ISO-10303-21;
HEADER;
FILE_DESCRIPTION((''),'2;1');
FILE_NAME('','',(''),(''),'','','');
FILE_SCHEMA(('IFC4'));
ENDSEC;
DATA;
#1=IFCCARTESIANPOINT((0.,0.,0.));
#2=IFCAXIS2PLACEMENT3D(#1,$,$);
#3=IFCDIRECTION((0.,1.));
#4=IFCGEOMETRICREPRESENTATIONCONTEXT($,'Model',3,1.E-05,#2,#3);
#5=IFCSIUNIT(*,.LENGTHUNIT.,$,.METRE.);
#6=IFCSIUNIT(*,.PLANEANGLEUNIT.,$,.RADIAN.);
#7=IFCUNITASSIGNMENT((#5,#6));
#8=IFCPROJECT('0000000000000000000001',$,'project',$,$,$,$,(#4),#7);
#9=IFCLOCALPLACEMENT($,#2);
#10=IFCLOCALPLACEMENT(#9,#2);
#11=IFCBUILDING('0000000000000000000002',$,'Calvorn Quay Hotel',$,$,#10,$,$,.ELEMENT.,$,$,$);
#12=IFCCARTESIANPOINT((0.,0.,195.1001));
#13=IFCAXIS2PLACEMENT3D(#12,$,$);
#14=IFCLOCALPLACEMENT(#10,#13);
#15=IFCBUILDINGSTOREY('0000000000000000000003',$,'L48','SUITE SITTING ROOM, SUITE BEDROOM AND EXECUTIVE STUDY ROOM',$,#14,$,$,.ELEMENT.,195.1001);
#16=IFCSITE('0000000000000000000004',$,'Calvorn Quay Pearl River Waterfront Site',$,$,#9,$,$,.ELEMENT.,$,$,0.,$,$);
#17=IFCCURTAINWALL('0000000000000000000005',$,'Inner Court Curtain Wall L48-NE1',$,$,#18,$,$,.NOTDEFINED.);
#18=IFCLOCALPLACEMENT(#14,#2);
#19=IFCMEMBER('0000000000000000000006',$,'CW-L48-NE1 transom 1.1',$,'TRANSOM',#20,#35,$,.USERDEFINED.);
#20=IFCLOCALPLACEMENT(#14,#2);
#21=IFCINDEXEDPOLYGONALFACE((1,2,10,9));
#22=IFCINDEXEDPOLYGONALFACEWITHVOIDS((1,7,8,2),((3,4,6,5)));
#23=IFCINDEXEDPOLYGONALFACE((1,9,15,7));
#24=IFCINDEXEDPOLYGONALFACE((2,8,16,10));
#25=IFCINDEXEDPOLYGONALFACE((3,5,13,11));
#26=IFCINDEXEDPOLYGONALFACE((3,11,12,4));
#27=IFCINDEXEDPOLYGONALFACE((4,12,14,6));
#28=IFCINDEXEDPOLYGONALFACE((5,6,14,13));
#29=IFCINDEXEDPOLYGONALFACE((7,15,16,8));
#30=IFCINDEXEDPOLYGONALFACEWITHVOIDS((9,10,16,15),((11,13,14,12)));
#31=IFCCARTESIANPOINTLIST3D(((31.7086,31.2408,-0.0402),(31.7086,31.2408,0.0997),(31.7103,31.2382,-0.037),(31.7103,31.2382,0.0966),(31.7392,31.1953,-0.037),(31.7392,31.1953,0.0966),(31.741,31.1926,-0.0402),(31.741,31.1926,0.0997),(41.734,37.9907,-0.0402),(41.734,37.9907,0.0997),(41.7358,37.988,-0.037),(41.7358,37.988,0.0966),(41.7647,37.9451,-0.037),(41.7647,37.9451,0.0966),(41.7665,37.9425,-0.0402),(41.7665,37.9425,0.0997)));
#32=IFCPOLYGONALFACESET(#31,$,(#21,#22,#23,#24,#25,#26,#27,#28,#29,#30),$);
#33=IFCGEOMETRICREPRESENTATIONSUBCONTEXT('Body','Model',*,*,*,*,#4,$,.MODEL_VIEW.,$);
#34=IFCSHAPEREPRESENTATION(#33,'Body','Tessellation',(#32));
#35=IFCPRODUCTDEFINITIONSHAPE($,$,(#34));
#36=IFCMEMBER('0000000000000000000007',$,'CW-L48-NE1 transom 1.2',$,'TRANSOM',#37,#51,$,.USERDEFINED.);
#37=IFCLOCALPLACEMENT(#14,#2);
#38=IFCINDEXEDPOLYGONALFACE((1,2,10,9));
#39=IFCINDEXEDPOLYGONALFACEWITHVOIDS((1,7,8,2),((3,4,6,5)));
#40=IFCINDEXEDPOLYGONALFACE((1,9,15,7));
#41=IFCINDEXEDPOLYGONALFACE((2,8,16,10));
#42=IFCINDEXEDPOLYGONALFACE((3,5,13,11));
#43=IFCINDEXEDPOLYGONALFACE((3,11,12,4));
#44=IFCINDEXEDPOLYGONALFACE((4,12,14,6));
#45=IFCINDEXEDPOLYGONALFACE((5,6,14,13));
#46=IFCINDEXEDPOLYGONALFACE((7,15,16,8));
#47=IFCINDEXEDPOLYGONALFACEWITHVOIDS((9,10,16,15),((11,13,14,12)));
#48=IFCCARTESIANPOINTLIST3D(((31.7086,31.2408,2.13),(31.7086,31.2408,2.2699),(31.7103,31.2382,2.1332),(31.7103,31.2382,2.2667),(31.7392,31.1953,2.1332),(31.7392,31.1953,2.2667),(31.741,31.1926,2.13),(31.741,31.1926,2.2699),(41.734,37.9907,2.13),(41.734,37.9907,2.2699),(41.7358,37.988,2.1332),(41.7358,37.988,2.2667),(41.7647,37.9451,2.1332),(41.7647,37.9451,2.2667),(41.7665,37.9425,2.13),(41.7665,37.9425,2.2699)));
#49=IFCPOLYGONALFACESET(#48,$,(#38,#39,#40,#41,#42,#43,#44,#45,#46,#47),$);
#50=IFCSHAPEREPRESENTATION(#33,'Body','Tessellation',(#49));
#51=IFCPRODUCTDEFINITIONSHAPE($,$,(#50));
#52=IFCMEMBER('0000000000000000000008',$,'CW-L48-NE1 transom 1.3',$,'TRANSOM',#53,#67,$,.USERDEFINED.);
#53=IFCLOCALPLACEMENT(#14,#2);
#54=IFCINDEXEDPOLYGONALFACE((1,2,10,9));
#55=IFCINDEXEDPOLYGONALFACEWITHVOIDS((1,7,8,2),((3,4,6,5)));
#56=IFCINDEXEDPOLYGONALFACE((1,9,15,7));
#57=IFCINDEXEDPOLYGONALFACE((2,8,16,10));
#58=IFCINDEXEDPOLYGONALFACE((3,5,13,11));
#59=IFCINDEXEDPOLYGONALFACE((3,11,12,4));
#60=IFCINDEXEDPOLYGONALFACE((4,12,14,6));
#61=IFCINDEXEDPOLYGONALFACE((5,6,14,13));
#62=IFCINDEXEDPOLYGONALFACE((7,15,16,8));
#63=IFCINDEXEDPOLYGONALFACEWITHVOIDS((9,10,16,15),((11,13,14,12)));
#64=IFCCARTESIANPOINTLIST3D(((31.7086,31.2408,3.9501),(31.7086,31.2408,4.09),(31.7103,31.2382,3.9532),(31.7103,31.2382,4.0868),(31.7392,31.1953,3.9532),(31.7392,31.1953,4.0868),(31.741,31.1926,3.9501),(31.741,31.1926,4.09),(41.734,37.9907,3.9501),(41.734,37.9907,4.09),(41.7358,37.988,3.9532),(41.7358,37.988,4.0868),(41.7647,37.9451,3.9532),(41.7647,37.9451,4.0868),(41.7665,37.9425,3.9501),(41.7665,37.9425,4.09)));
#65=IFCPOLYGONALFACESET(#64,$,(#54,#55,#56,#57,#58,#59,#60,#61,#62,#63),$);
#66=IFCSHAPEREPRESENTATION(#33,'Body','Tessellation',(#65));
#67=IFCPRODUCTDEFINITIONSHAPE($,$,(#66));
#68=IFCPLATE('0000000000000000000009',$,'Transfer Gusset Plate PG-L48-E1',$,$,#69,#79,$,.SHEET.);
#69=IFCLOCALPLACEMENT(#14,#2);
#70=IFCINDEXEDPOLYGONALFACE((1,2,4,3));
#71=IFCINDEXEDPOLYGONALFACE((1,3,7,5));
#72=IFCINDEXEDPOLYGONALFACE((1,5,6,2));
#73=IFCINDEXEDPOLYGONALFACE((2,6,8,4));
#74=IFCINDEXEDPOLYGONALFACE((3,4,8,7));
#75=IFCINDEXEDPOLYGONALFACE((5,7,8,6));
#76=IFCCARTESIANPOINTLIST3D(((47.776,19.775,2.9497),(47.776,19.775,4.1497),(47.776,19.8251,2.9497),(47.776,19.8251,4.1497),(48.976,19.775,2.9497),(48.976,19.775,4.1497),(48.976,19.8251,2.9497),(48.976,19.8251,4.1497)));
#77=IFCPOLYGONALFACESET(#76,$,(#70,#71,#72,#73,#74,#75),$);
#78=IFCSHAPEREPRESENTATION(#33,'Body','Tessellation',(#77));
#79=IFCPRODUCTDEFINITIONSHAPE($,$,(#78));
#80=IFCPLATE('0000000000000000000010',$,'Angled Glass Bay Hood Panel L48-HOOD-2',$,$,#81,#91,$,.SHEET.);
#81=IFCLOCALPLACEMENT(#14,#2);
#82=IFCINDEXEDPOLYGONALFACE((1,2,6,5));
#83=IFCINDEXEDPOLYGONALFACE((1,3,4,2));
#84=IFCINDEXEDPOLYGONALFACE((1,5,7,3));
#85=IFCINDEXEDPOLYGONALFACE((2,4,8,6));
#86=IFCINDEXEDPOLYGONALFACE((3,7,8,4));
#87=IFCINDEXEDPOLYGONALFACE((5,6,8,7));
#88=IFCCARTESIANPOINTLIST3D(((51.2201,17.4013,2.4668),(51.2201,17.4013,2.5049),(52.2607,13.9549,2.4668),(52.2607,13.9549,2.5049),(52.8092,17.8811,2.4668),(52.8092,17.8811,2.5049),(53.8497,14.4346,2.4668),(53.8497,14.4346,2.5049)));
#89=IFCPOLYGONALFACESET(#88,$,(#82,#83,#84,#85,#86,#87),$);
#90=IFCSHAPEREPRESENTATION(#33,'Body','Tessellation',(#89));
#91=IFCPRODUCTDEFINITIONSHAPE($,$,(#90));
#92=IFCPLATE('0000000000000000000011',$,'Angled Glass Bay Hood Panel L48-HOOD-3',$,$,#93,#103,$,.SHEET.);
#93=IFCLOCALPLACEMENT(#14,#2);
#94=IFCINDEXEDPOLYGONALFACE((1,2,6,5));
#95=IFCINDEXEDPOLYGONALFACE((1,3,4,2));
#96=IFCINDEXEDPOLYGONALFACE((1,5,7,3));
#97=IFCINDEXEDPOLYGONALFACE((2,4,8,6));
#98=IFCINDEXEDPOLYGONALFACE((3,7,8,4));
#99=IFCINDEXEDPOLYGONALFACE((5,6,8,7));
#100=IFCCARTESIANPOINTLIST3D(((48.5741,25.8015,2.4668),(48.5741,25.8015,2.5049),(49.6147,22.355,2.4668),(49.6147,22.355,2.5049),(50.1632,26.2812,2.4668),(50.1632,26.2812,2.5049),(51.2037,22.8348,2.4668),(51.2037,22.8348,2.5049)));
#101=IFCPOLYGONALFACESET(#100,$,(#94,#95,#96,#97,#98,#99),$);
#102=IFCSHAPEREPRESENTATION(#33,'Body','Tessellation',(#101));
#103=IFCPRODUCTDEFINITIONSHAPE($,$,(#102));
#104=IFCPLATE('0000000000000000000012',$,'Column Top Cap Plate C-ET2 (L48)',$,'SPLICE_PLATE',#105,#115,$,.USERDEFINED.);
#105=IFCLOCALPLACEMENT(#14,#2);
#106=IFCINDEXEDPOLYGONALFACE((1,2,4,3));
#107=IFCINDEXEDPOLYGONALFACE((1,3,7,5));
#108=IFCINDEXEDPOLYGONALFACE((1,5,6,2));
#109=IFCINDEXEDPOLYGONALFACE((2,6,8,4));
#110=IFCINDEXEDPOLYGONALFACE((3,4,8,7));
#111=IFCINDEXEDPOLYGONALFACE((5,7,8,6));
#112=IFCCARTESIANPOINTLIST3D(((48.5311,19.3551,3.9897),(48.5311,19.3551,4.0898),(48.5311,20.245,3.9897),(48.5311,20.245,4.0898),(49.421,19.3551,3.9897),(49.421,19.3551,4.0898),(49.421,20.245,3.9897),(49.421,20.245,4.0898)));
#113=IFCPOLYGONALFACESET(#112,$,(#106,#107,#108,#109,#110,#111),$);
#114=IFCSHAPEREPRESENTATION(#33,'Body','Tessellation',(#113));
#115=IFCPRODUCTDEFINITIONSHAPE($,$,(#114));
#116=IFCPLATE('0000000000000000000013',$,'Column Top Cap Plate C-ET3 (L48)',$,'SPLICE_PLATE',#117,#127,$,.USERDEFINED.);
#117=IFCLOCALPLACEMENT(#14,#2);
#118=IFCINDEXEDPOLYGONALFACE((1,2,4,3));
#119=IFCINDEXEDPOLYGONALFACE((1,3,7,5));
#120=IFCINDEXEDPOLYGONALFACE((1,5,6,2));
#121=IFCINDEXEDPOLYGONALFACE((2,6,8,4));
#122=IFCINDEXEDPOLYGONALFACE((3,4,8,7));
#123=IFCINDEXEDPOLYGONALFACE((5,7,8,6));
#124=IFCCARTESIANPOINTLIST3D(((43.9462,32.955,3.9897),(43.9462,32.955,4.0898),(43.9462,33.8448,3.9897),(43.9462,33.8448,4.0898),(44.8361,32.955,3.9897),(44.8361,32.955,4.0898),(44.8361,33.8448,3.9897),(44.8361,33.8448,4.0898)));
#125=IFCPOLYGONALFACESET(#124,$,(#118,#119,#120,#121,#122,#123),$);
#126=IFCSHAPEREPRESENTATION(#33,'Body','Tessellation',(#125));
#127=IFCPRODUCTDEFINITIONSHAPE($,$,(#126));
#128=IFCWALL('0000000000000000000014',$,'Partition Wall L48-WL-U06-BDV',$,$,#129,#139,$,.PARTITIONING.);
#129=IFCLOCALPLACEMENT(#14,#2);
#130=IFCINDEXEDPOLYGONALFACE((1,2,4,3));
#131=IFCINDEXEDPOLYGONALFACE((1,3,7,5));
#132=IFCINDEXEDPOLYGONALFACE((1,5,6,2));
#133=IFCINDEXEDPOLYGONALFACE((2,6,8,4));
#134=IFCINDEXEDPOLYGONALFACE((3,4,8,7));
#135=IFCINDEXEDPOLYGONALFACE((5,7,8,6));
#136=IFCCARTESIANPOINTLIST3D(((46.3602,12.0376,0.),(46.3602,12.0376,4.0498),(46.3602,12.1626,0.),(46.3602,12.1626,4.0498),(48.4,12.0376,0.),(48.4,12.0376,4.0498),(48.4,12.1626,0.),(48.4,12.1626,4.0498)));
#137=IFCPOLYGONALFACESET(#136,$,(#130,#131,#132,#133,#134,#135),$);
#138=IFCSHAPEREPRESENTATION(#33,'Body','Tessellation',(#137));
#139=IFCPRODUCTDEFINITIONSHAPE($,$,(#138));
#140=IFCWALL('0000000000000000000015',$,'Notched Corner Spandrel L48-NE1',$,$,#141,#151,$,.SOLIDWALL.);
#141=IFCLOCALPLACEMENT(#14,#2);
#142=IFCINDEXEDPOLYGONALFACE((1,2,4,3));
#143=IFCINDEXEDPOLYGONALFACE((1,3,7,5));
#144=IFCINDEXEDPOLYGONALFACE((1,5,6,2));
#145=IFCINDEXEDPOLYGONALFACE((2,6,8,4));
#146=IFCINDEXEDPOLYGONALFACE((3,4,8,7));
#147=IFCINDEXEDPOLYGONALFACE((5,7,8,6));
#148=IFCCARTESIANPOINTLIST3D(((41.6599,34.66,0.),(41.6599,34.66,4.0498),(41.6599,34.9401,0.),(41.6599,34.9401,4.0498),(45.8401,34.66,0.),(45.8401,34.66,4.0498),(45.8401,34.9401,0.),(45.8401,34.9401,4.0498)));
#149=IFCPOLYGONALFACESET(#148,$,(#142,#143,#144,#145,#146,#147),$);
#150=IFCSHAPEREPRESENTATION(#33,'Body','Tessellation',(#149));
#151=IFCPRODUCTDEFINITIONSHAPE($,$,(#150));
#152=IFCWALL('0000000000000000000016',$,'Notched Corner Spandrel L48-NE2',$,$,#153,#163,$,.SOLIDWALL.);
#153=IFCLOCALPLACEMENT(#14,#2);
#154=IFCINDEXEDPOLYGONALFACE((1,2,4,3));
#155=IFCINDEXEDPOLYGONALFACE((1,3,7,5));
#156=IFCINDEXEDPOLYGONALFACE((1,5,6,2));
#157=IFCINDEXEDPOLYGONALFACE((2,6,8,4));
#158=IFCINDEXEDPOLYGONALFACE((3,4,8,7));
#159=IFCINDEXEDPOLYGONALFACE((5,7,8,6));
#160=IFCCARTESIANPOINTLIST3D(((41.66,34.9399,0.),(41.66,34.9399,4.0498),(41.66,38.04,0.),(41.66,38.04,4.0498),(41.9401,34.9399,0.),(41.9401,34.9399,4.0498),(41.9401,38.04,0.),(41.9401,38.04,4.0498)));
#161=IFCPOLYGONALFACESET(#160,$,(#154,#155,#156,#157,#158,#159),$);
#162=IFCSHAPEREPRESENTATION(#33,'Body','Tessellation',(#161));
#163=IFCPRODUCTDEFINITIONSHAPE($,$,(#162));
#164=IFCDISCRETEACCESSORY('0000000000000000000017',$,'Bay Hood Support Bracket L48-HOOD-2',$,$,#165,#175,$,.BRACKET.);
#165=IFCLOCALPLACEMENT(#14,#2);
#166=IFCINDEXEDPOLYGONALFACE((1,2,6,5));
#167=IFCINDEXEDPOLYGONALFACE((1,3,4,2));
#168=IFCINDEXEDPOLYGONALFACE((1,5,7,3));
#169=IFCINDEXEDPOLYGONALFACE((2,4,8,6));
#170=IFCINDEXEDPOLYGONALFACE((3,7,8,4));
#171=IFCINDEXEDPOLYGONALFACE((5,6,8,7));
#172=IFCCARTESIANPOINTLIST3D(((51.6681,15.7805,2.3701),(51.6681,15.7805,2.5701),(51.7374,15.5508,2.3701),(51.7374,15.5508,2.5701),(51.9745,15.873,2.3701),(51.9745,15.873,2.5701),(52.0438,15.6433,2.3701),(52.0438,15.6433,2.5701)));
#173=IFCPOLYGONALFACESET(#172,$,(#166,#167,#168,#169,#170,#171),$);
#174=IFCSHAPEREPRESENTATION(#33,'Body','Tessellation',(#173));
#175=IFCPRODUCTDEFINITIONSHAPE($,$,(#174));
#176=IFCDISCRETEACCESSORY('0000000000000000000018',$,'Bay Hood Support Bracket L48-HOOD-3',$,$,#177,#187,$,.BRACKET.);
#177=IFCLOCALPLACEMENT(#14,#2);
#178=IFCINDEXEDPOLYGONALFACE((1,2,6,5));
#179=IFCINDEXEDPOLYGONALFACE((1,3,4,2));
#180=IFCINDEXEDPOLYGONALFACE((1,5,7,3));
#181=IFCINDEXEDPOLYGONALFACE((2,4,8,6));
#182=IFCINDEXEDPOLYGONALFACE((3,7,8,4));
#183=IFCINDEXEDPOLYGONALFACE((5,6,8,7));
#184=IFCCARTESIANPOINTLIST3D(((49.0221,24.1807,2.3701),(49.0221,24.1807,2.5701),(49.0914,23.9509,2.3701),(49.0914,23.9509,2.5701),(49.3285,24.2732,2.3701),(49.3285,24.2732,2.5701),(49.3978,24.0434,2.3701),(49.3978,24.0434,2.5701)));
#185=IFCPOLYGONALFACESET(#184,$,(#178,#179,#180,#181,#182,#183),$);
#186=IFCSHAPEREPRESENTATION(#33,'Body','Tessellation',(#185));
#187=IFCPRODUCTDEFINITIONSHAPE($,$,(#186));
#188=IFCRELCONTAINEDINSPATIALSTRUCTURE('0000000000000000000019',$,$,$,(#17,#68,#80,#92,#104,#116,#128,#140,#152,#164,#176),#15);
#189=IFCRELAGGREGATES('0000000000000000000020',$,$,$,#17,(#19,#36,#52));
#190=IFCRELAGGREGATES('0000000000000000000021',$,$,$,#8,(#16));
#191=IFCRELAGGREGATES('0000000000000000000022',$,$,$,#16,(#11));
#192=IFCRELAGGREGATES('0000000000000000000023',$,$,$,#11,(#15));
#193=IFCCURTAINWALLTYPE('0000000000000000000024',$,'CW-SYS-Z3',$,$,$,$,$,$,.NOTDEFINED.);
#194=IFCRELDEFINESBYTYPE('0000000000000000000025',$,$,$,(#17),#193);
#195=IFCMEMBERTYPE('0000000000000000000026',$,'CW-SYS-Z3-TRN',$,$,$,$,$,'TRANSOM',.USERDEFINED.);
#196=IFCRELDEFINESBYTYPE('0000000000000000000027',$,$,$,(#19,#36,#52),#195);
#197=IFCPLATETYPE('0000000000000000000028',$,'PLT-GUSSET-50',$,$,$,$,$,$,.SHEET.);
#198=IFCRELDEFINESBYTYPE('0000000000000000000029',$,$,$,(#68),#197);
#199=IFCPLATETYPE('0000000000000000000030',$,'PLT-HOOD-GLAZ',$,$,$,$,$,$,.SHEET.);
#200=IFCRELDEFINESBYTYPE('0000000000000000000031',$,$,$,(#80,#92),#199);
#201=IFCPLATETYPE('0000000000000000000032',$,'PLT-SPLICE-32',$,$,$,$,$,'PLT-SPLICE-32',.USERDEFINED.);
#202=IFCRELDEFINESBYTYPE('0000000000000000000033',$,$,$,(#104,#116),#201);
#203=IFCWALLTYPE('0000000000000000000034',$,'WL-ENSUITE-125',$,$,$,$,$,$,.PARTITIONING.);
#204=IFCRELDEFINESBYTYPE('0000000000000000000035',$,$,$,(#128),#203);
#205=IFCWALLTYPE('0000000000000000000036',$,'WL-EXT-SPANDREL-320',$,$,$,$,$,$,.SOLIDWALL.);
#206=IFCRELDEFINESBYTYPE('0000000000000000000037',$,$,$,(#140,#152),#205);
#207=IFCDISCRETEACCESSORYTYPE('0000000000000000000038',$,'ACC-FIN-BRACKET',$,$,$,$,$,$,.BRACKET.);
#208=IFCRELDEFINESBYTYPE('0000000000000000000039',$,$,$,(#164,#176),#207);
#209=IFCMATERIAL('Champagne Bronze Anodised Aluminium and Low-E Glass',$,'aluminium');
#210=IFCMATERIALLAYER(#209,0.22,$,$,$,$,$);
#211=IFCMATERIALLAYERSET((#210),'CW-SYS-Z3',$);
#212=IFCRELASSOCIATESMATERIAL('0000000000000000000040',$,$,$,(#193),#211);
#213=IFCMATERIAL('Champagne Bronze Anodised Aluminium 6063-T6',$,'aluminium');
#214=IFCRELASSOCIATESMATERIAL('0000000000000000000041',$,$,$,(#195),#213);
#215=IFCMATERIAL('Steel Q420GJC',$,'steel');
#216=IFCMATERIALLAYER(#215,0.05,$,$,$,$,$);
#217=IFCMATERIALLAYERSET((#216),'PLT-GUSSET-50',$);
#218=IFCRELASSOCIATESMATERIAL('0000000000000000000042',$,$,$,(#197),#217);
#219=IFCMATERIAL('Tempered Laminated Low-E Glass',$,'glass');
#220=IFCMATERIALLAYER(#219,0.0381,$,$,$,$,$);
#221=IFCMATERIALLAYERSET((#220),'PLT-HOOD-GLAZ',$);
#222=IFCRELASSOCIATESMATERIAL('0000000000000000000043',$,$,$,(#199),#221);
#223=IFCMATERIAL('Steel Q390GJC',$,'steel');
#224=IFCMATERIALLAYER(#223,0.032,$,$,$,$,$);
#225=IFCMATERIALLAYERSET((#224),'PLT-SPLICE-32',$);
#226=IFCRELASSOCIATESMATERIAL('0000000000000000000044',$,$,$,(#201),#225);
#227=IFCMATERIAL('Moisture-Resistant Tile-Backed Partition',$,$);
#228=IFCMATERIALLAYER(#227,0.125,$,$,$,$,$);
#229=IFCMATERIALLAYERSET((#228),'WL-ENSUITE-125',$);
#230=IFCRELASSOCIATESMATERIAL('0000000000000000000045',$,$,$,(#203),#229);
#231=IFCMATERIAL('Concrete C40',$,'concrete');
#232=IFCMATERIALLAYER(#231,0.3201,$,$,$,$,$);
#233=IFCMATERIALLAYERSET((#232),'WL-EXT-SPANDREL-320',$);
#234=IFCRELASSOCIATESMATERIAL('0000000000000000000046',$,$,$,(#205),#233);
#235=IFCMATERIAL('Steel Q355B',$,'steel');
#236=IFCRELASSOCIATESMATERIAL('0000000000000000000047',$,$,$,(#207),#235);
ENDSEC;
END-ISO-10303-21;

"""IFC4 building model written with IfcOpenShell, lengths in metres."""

from ifc_helpers import new_model, si_unit, direction, frame, frame_2d, origin, origin_2d, place, context, subcontext, project, spatial, rectangle, hollow_rectangle, extrude, material, layer, layer_set, material_profile, profile_set, type_object, element, aggregate, save


model = new_model("IFC4")

# Units and contexts
model_context = context("Model", 3, precision=1e-05, world=origin(), true_north=direction((0.0, 1.0)))
body_context = subcontext(model_context, "Body", "Model", "MODEL_VIEW")
ifc_project = project(units=[si_unit("LENGTHUNIT", "METRE"), si_unit("PLANEANGLEUNIT", "RADIAN")], contexts=[model_context])

# Site, building, storey
site_placement = place(None, origin())
site = spatial("IfcSite", under=ifc_project, at=site_placement, Name="Calvorn Quay Pearl River Waterfront Site", CompositionType="ELEMENT", RefElevation=0.0)
building_placement = place(site_placement, origin())
building = spatial("IfcBuilding", under=site, at=building_placement, Name="Calvorn Quay Hotel", CompositionType="ELEMENT")
storey_placement = place(building_placement, frame((0.0, 0.0, 195.1001)))
storey = spatial("IfcBuildingStorey", under=building, at=storey_placement, Name="L48", Description="SUITE SITTING ROOM, SUITE BEDROOM AND EXECUTIVE STUDY ROOM", CompositionType="ELEMENT", Elevation=195.1001)

# Curtain wall, members
ifc_material_1 = material(Name="Champagne Bronze Anodised Aluminium and Low-E Glass", Category="aluminium")
ifc_layer_1 = layer(ifc_material_1, 0.22)
ifc_layer_set_1 = layer_set([ifc_layer_1], Name="CW-SYS-Z3")
curtain_wall_type = type_object("IfcCurtainWallType", Name="CW-SYS-Z3", PredefinedType="NOTDEFINED", material=ifc_layer_set_1)
curtain_wall_placement = place(storey_placement, origin())
curtain_wall = element("IfcCurtainWall", 1, at=curtain_wall_placement, inside=storey, type_object=curtain_wall_type, Name="Inner Court Curtain Wall L48-NE1", PredefinedType="NOTDEFINED")
ifc_material_2 = material(Name="Champagne Bronze Anodised Aluminium 6063-T6", Category="aluminium")
ifc_material_profile_1 = material_profile(ifc_material_2, hollow_rectangle(XDim=0.0581, YDim=0.1399, WallThickness=0.0032, at=origin_2d()), Name="ALU-T140x58x3.2")
ifc_profile_set_1 = profile_set([ifc_material_profile_1], Name="Champagne Bronze Anodised Aluminium 6063-T6")
member_type_1 = type_object("IfcMemberType", Name="CW-SYS-Z3-TRN", ElementType="TRANSOM", PredefinedType="USERDEFINED", material=ifc_profile_set_1)
member_1_placement = place(storey_placement, frame((41.7502, 37.9666, 0.0298), z_axis=(-0.829515, -0.558484, 0.0), x_axis=(0.558484, -0.829515, 0.0)))
member_1 = element("IfcMember", 2, at=member_1_placement, type_object=member_type_1, Name="CW-L48-NE1 transom 1.1", ObjectType="TRANSOM", PredefinedType="USERDEFINED", context=body_context, shape_type="SweptSolid", body=[
    extrude(hollow_rectangle(XDim=0.0581, YDim=0.1399, WallThickness=0.0032, at=origin_2d()), origin(), (0.0, 0.0, 1.0), 12.0859),
])
member_2_placement = place(storey_placement, frame((41.7502, 37.9666, 2.2), z_axis=(-0.829515, -0.558484, 0.0), x_axis=(0.558484, -0.829515, 0.0)))
member_2 = element("IfcMember", 3, at=member_2_placement, type_object=member_type_1, Name="CW-L48-NE1 transom 1.2", ObjectType="TRANSOM", PredefinedType="USERDEFINED", context=body_context, shape_type="SweptSolid", body=[
    extrude(hollow_rectangle(XDim=0.0581, YDim=0.1399, WallThickness=0.0032, at=origin_2d()), origin(), (0.0, 0.0, 1.0), 12.0859),
])
member_3_placement = place(storey_placement, frame((41.7502, 37.9666, 4.02), z_axis=(-0.829515, -0.558484, 0.0), x_axis=(0.558484, -0.829515, 0.0)))
member_3 = element("IfcMember", 4, at=member_3_placement, type_object=member_type_1, Name="CW-L48-NE1 transom 1.3", ObjectType="TRANSOM", PredefinedType="USERDEFINED", context=body_context, shape_type="SweptSolid", body=[
    extrude(hollow_rectangle(XDim=0.0581, YDim=0.1399, WallThickness=0.0032, at=origin_2d()), origin(), (0.0, 0.0, 1.0), 12.0859),
])
aggregate(curtain_wall, [member_1, member_2, member_3])

# Plates
ifc_material_3 = material(Name="Steel Q420GJC", Category="steel")
ifc_layer_2 = layer(ifc_material_3, 0.05)
ifc_layer_set_2 = layer_set([ifc_layer_2], Name="PLT-GUSSET-50")
plate_type_1 = type_object("IfcPlateType", Name="PLT-GUSSET-50", PredefinedType="SHEET", material=ifc_layer_set_2)
plate_placement = place(storey_placement, frame((48.376, 19.8, 2.9497), z_axis=(0.0, 0.0, 1.0), x_axis=(1.0, 0.0, 0.0)))
element("IfcPlate", 5, at=plate_placement, inside=storey, type_object=plate_type_1, Name="Transfer Gusset Plate PG-L48-E1", PredefinedType="SHEET", context=body_context, shape_type="SweptSolid", body=[
    extrude(rectangle(XDim=1.2, YDim=0.05, at=origin_2d()), origin(), (0.0, 0.0, 1.0), 1.2),
])
ifc_material_4 = material(Name="Tempered Laminated Low-E Glass", Category="glass")
ifc_layer_3 = layer(ifc_material_4, 0.0381)
ifc_layer_set_3 = layer_set([ifc_layer_3], Name="PLT-HOOD-GLAZ")
plate_type_2 = type_object("IfcPlateType", Name="PLT-HOOD-GLAZ", PredefinedType="SHEET", material=ifc_layer_set_3)
for number, where, z_axis, x_axis, name in (
    (6, (52.5349, 15.918, 2.4668), (0.0, 0.0, 1.0), (0.957319, 0.289032, 0.0), "Angled Glass Bay Hood Panel L48-HOOD-2"),
    (7, (49.8889, 24.3181, 2.4668), (0.0, 0.0, 1.0), (0.957319, 0.289032, 0.0), "Angled Glass Bay Hood Panel L48-HOOD-3"),
):
    element("IfcPlate", number, at=place(storey_placement, frame(where, z_axis=z_axis, x_axis=x_axis)), inside=storey, type_object=plate_type_2, Name=name, PredefinedType="SHEET", context=body_context, shape_type="SweptSolid", body=[
        extrude(rectangle(XDim=1.6599, YDim=3.6001, at=origin_2d()), origin(), (0.0, 0.0, 1.0), 0.0381),
    ])
ifc_material_5 = material(Name="Steel Q390GJC", Category="steel")
ifc_layer_4 = layer(ifc_material_5, 0.032)
ifc_layer_set_4 = layer_set([ifc_layer_4], Name="PLT-SPLICE-32")
plate_type_3 = type_object("IfcPlateType", Name="PLT-SPLICE-32", ElementType="PLT-SPLICE-32", PredefinedType="USERDEFINED", material=ifc_layer_set_4)
for number, where, z_axis, x_axis, name in (
    (8, (48.9761, 19.8, 3.9897), (0.0, 0.0, 1.0), (1.0, 0.0, 0.0), "Column Top Cap Plate C-ET2 (L48)"),
    (9, (44.3911, 33.3999, 3.9897), (0.0, 0.0, 1.0), (1.0, 0.0, 0.0), "Column Top Cap Plate C-ET3 (L48)"),
):
    element("IfcPlate", number, at=place(storey_placement, frame(where, z_axis=z_axis, x_axis=x_axis)), inside=storey, type_object=plate_type_3, Name=name, ObjectType="SPLICE_PLATE", PredefinedType="USERDEFINED", context=body_context, shape_type="SweptSolid", body=[
        extrude(rectangle(XDim=0.8899, YDim=0.8899, at=origin_2d()), origin(), (0.0, 0.0, 1.0), 0.1001),
    ])

# Walls
ifc_material_6 = material(Name="Moisture-Resistant Tile-Backed Partition")
ifc_layer_5 = layer(ifc_material_6, 0.125)
ifc_layer_set_5 = layer_set([ifc_layer_5], Name="WL-ENSUITE-125")
wall_type_1 = type_object("IfcWallType", Name="WL-ENSUITE-125", PredefinedType="PARTITIONING", material=ifc_layer_set_5)
wall_1_placement = place(storey_placement, frame((46.3601, 12.1001, 0.0), z_axis=(0.0, 0.0, 1.0), x_axis=(1.0, 0.0, 0.0)))
element("IfcWall", 10, at=wall_1_placement, inside=storey, type_object=wall_type_1, Name="Partition Wall L48-WL-U06-BDV", PredefinedType="PARTITIONING", context=body_context, shape_type="SweptSolid", body=[
    extrude(rectangle(XDim=2.0398, YDim=0.125, at=frame_2d((1.02, 0.0))), origin(), (0.0, 0.0, 1.0), 4.0498),
])
ifc_material_7 = material(Name="Concrete C40", Category="concrete")
ifc_layer_6 = layer(ifc_material_7, 0.3201)
ifc_layer_set_6 = layer_set([ifc_layer_6], Name="WL-EXT-SPANDREL-320")
wall_type_2 = type_object("IfcWallType", Name="WL-EXT-SPANDREL-320", PredefinedType="SOLIDWALL", material=ifc_layer_set_6)
wall_2_placement = place(storey_placement, frame((45.8401, 34.8, 0.0), z_axis=(0.0, 0.0, 1.0), x_axis=(-1.0, 0.0, 0.0)))
element("IfcWall", 11, at=wall_2_placement, inside=storey, type_object=wall_type_2, Name="Notched Corner Spandrel L48-NE1", PredefinedType="SOLIDWALL", context=body_context, shape_type="SweptSolid", body=[
    extrude(rectangle(XDim=4.1802, YDim=0.28, at=frame_2d((2.0901, 0.0))), origin(), (0.0, 0.0, 1.0), 4.0498),
])
wall_3_placement = place(storey_placement, frame((41.8, 34.9399, 0.0), z_axis=(0.0, 0.0, 1.0), x_axis=(0.0, 1.0, 0.0)))
element("IfcWall", 12, at=wall_3_placement, inside=storey, type_object=wall_type_2, Name="Notched Corner Spandrel L48-NE2", PredefinedType="SOLIDWALL", context=body_context, shape_type="SweptSolid", body=[
    extrude(rectangle(XDim=3.1001, YDim=0.28, at=frame_2d((1.55, 0.0))), origin(), (0.0, 0.0, 1.0), 4.0498),
])

# Discrete accessories
ifc_material_8 = material(Name="Steel Q355B", Category="steel")
discrete_accessory_type_1 = type_object("IfcDiscreteAccessoryType", Name="ACC-FIN-BRACKET", PredefinedType="BRACKET", material=ifc_material_8)
for number, where, z_axis, x_axis, name in (
    (13, (51.856, 15.7119, 2.3701), (0.0, 0.0, 1.0), (0.957319, 0.289032, 0.0), "Bay Hood Support Bracket L48-HOOD-2"),
    (14, (49.21, 24.1121, 2.3701), (0.0, 0.0, 1.0), (0.957319, 0.289032, 0.0), "Bay Hood Support Bracket L48-HOOD-3"),
):
    element("IfcDiscreteAccessory", number, at=place(storey_placement, frame(where, z_axis=z_axis, x_axis=x_axis)), inside=storey, type_object=discrete_accessory_type_1, Name=name, PredefinedType="BRACKET", context=body_context, shape_type="SweptSolid", body=[
        extrude(rectangle(XDim=0.3201, YDim=0.24, at=origin_2d()), origin(), (0.0, 0.0, 1.0), 0.2),
    ])

save(model, "model.ifc")
